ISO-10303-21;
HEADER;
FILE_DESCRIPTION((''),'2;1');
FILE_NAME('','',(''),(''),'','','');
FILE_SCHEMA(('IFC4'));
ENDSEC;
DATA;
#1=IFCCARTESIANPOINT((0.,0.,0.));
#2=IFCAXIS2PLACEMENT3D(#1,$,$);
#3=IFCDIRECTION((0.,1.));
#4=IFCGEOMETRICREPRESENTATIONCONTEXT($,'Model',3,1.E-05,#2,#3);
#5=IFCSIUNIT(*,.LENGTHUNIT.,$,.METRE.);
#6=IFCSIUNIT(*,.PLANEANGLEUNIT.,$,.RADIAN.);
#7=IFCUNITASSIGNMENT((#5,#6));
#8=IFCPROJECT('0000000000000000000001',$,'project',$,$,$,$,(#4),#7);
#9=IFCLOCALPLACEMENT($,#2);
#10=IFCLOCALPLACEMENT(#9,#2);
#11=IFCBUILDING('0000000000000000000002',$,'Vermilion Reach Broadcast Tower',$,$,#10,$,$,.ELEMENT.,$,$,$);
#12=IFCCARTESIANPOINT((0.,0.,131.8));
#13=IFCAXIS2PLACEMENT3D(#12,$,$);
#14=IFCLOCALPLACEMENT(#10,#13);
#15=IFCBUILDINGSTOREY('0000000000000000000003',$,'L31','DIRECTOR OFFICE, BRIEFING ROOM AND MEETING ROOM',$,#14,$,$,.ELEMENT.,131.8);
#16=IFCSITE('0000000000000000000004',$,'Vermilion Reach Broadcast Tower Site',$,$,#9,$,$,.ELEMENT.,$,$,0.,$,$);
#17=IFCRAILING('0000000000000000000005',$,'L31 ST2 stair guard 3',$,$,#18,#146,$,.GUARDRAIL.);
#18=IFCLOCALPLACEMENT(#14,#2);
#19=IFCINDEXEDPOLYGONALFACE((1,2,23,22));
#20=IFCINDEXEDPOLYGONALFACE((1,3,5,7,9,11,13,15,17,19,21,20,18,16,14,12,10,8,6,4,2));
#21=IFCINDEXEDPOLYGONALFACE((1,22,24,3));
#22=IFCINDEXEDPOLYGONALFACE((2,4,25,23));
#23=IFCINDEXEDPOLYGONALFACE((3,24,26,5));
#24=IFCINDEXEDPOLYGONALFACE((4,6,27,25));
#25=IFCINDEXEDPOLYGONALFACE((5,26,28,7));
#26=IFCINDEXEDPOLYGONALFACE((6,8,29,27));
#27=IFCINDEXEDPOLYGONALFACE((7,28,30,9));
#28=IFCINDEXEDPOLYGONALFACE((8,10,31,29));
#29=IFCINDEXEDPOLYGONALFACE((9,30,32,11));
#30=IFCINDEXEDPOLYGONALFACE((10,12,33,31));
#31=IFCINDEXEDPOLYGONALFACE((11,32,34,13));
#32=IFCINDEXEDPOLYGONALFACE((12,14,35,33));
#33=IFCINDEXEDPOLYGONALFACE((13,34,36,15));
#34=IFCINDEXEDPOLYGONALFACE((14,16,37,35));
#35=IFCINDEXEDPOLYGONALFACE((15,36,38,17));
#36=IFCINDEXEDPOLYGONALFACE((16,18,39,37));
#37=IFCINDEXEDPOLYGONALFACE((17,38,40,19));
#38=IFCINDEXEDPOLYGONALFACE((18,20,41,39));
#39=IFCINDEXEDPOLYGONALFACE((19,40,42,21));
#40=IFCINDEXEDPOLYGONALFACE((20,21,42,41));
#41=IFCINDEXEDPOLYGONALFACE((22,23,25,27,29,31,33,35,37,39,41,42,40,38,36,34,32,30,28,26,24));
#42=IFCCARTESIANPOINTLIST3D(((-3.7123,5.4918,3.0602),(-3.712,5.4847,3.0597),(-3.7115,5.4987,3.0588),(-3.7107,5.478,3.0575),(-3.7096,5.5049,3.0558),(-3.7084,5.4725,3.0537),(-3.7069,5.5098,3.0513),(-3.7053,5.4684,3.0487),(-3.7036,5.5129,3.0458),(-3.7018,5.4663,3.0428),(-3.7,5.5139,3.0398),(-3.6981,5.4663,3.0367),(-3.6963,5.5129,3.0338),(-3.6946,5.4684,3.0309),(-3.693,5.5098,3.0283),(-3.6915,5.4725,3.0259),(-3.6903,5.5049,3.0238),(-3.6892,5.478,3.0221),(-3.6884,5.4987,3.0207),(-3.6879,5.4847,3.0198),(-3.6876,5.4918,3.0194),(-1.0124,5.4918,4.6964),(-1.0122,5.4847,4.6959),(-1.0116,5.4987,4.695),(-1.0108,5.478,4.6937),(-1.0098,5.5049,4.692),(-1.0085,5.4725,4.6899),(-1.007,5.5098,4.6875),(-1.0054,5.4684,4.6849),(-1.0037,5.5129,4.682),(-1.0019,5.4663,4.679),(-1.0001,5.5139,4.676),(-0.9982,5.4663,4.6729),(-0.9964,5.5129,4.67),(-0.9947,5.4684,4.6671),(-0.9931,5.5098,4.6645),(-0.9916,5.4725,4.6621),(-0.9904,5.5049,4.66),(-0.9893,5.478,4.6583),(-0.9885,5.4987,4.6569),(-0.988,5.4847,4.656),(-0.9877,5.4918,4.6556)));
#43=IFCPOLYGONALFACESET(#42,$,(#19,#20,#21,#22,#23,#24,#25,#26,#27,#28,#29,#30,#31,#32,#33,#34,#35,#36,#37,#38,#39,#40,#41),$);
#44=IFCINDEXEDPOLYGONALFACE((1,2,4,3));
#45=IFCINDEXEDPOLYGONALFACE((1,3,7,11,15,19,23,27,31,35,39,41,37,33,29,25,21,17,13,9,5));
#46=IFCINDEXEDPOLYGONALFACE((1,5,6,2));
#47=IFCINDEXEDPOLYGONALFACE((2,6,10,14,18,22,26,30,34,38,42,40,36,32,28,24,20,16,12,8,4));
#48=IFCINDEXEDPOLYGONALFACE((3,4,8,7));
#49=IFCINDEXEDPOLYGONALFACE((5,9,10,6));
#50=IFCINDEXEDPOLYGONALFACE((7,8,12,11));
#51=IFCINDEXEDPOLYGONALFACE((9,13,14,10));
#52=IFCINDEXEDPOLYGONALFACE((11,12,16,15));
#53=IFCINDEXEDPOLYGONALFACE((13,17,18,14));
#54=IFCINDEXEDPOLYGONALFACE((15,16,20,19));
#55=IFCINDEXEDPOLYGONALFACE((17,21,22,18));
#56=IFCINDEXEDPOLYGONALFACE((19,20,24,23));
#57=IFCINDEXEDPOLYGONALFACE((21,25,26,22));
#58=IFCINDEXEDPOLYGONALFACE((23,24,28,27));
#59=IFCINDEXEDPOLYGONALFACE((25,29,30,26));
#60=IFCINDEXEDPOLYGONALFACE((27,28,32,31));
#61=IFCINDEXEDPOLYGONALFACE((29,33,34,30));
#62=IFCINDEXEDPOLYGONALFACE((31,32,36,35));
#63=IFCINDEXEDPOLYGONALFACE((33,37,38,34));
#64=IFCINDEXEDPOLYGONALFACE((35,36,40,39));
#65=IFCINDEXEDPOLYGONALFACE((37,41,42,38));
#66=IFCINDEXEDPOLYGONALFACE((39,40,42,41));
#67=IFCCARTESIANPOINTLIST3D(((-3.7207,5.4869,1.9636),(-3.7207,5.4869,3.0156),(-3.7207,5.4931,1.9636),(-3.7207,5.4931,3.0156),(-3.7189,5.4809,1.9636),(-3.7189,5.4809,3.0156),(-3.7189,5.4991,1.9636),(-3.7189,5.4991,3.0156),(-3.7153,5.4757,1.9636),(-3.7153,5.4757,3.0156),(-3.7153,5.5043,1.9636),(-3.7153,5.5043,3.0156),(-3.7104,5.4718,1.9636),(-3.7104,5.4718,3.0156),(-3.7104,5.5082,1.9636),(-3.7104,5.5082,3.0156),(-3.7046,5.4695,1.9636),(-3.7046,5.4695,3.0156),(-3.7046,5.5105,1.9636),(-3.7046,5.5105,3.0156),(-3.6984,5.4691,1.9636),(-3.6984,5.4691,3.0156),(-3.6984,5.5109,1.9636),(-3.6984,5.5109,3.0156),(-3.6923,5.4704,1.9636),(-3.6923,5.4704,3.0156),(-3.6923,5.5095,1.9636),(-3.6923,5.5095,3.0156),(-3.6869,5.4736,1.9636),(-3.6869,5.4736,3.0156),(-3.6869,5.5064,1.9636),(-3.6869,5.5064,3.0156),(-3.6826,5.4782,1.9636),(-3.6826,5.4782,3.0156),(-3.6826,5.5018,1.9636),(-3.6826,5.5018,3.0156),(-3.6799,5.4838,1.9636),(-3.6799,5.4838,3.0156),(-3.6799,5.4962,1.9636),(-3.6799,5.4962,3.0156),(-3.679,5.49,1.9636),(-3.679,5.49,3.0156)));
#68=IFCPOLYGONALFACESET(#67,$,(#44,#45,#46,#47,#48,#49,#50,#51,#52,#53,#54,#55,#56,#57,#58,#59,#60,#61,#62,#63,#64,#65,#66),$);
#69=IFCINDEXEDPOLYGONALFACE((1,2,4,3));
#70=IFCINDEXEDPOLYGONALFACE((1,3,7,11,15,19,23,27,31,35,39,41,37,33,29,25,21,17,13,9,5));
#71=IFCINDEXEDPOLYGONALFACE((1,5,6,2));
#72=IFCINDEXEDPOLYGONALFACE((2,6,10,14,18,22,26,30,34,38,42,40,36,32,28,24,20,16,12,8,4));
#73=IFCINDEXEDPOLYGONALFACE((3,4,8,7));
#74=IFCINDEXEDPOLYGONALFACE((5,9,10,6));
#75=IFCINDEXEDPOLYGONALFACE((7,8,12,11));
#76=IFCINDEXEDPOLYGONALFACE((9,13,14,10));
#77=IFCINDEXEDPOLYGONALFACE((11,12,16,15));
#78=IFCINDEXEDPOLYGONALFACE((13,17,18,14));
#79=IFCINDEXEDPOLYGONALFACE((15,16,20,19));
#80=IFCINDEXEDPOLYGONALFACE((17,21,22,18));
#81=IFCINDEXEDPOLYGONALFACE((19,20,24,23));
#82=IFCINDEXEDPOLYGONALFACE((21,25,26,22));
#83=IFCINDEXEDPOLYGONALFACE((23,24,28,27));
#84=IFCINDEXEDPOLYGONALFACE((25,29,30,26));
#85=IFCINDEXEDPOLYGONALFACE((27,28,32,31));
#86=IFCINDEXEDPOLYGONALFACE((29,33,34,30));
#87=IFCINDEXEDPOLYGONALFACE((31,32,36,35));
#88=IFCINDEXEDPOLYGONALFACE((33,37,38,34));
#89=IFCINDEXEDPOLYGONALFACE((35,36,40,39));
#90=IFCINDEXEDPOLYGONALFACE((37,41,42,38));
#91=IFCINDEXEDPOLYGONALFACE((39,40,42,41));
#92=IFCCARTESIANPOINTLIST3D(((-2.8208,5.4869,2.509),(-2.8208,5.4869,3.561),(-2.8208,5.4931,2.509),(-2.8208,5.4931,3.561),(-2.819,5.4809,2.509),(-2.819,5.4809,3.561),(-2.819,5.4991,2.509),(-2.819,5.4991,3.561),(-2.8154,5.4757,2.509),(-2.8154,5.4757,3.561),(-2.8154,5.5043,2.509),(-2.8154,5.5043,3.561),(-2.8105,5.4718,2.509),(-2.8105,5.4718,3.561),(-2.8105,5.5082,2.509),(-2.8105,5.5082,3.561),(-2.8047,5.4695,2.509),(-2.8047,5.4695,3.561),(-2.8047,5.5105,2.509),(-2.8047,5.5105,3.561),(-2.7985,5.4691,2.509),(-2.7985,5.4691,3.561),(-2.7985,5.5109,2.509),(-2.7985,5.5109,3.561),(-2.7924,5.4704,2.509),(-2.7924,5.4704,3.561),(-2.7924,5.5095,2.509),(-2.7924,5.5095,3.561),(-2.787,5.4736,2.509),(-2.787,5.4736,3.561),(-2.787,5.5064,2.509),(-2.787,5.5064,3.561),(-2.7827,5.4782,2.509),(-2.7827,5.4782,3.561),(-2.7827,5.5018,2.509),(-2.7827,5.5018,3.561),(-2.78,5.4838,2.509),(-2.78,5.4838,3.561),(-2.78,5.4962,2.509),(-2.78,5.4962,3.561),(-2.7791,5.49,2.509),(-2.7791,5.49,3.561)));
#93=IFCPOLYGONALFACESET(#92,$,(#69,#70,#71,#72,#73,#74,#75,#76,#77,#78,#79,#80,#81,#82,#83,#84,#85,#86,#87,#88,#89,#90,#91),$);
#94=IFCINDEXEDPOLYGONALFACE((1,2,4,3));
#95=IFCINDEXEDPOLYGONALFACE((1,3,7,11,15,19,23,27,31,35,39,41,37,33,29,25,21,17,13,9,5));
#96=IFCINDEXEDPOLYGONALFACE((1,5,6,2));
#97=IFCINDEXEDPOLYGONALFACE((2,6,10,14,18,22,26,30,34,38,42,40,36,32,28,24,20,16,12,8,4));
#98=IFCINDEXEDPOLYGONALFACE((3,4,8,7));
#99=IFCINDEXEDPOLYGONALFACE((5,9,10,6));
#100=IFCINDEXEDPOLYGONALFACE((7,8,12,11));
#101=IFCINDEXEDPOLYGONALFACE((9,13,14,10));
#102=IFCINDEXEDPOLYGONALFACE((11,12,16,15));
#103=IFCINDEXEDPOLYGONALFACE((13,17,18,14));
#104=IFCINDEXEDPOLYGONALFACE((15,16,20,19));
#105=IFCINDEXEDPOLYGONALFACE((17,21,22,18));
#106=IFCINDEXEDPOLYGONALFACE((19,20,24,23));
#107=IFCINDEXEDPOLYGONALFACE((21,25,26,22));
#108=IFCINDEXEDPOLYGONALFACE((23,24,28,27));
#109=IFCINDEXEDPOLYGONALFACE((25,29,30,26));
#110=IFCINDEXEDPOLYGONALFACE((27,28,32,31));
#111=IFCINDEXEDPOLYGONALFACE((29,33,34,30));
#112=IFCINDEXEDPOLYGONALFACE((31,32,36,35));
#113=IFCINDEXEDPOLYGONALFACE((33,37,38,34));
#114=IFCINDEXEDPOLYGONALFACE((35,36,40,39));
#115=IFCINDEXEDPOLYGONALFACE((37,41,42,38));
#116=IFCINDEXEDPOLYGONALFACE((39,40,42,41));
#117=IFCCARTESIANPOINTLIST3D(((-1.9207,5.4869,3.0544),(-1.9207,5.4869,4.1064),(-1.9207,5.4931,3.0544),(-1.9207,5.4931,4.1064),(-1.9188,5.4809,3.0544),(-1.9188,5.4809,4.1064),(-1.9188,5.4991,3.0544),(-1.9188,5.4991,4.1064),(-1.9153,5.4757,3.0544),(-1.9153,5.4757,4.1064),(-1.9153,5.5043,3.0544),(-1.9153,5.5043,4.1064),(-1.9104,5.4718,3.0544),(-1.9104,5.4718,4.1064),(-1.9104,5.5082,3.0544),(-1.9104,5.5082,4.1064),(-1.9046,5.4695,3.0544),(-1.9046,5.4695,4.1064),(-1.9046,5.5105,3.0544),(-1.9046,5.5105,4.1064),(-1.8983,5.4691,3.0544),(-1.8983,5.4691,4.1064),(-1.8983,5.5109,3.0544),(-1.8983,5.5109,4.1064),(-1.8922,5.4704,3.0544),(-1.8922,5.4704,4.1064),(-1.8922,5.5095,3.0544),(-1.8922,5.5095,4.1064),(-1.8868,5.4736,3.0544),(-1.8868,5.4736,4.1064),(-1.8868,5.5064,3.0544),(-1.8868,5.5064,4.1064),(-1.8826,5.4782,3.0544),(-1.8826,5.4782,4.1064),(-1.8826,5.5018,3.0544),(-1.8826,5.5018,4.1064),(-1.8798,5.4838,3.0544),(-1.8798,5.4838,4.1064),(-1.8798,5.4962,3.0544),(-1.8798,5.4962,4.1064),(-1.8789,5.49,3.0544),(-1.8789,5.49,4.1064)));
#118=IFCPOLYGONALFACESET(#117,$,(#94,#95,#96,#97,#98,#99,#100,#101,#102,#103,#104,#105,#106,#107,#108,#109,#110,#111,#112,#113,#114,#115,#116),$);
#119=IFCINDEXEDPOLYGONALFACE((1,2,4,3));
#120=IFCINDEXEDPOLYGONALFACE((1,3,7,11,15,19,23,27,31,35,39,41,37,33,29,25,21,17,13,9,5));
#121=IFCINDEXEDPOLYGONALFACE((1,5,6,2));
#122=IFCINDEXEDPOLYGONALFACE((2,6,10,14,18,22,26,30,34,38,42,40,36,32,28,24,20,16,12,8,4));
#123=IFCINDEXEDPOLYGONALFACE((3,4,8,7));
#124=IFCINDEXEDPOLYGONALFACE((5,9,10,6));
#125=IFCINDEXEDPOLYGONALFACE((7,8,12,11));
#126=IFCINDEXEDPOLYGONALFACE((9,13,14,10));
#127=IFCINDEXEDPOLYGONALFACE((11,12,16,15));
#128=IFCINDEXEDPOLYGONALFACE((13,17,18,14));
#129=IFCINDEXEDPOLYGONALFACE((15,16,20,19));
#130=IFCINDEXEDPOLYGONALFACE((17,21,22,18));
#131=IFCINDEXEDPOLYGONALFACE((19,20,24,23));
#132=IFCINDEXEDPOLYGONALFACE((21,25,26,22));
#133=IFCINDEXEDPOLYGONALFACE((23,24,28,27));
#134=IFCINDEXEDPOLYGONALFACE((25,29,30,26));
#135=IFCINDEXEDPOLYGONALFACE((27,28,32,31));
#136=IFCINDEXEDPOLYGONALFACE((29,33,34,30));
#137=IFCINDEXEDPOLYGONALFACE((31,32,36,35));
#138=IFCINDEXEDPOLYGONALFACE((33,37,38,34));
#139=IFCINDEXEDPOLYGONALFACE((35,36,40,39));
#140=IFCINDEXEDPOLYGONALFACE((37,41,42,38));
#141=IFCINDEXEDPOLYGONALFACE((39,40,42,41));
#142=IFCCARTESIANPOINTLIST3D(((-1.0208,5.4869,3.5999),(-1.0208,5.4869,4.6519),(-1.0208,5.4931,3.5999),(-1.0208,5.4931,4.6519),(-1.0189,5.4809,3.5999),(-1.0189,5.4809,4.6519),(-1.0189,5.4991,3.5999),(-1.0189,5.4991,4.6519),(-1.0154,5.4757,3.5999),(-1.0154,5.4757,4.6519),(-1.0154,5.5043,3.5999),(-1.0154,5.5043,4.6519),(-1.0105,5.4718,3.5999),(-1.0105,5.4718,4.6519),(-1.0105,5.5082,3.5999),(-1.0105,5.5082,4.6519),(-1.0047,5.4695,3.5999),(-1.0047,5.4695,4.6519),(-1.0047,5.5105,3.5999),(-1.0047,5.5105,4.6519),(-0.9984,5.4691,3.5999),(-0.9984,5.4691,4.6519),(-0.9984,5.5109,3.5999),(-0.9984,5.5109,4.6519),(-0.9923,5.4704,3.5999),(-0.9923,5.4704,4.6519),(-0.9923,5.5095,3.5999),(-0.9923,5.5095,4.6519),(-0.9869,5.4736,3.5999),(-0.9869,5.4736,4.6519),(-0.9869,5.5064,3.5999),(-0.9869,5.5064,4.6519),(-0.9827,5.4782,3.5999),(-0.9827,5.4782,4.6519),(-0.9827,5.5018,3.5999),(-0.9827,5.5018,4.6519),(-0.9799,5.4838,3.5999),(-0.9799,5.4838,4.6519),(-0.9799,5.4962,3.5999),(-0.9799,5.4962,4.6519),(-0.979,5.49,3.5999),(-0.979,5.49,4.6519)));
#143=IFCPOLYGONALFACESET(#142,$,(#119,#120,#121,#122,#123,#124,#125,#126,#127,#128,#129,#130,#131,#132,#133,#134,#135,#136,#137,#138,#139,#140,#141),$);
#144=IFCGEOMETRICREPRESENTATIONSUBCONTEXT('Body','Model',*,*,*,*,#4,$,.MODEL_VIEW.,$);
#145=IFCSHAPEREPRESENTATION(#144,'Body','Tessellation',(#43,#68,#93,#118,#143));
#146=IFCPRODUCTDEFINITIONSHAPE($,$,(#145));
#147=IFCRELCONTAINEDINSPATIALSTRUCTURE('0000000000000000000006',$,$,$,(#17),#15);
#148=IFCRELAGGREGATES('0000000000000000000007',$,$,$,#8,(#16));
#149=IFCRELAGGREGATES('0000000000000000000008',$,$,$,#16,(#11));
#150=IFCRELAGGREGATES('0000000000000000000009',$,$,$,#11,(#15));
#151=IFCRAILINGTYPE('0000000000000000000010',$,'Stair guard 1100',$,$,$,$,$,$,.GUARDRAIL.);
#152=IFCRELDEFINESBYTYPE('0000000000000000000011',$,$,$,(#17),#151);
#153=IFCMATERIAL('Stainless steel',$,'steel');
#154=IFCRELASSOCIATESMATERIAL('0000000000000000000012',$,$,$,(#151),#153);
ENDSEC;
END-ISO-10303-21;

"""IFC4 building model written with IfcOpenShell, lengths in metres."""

from ifc_helpers import new_model, si_unit, direction, frame, origin, origin_2d, place, context, subcontext, project, spatial, circle, extrude, material, type_object, element, save


model = new_model("IFC4")

# Units and contexts
model_context = context("Model", 3, precision=1e-05, world=origin(), true_north=direction((0.0, 1.0)))
body_context = subcontext(model_context, "Body", "Model", "MODEL_VIEW")
ifc_project = project(units=[si_unit("LENGTHUNIT", "METRE"), si_unit("PLANEANGLEUNIT", "RADIAN")], contexts=[model_context])

# Site, building, storey
site_placement = place(None, origin())
site = spatial("IfcSite", under=ifc_project, at=site_placement, Name="Vermilion Reach Broadcast Tower Site", CompositionType="ELEMENT", RefElevation=0.0)
building_placement = place(site_placement, origin())
building = spatial("IfcBuilding", under=site, at=building_placement, Name="Vermilion Reach Broadcast Tower", CompositionType="ELEMENT")
storey_placement = place(building_placement, frame((0.0, 0.0, 131.8)))
storey = spatial("IfcBuildingStorey", under=building, at=storey_placement, Name="L31", Description="DIRECTOR OFFICE, BRIEFING ROOM AND MEETING ROOM", CompositionType="ELEMENT", Elevation=131.8)

# Railing
ifc_material_1 = material(Name="Stainless steel", Category="steel")
railing_type_1 = type_object("IfcRailingType", Name="Stair guard 1100", PredefinedType="GUARDRAIL", material=ifc_material_1)
railing_1_placement = place(storey_placement, frame((-3.7, 5.49, 1.9636)))
element("IfcRailing", 1, at=railing_1_placement, inside=storey, type_object=railing_type_1, Name="L31 ST2 stair guard 3", PredefinedType="GUARDRAIL", context=body_context, shape_type="SweptSolid", body=[
    extrude(circle(Radius=0.0239, at=origin_2d()), frame((0.0, 0.0, 1.0762), z_axis=(0.855212, 0.0, 0.518278), x_axis=(0.0, 1.0, 0.0)), (0.0, 0.0, 1.0), 3.157),
    extrude(circle(Radius=0.021, at=origin_2d()), origin(), (0.0, 0.0, 1.0), 1.052),
    extrude(circle(Radius=0.021, at=origin_2d()), frame((0.8999, 0.0, 0.5454)), (0.0, 0.0, 1.0), 1.052),
    extrude(circle(Radius=0.021, at=origin_2d()), frame((1.8, 0.0, 1.0908)), (0.0, 0.0, 1.0), 1.052),
    extrude(circle(Radius=0.021, at=origin_2d()), frame((2.7, 0.0, 1.6362)), (0.0, 0.0, 1.0), 1.052),
])

save(model, "model.ifc")
